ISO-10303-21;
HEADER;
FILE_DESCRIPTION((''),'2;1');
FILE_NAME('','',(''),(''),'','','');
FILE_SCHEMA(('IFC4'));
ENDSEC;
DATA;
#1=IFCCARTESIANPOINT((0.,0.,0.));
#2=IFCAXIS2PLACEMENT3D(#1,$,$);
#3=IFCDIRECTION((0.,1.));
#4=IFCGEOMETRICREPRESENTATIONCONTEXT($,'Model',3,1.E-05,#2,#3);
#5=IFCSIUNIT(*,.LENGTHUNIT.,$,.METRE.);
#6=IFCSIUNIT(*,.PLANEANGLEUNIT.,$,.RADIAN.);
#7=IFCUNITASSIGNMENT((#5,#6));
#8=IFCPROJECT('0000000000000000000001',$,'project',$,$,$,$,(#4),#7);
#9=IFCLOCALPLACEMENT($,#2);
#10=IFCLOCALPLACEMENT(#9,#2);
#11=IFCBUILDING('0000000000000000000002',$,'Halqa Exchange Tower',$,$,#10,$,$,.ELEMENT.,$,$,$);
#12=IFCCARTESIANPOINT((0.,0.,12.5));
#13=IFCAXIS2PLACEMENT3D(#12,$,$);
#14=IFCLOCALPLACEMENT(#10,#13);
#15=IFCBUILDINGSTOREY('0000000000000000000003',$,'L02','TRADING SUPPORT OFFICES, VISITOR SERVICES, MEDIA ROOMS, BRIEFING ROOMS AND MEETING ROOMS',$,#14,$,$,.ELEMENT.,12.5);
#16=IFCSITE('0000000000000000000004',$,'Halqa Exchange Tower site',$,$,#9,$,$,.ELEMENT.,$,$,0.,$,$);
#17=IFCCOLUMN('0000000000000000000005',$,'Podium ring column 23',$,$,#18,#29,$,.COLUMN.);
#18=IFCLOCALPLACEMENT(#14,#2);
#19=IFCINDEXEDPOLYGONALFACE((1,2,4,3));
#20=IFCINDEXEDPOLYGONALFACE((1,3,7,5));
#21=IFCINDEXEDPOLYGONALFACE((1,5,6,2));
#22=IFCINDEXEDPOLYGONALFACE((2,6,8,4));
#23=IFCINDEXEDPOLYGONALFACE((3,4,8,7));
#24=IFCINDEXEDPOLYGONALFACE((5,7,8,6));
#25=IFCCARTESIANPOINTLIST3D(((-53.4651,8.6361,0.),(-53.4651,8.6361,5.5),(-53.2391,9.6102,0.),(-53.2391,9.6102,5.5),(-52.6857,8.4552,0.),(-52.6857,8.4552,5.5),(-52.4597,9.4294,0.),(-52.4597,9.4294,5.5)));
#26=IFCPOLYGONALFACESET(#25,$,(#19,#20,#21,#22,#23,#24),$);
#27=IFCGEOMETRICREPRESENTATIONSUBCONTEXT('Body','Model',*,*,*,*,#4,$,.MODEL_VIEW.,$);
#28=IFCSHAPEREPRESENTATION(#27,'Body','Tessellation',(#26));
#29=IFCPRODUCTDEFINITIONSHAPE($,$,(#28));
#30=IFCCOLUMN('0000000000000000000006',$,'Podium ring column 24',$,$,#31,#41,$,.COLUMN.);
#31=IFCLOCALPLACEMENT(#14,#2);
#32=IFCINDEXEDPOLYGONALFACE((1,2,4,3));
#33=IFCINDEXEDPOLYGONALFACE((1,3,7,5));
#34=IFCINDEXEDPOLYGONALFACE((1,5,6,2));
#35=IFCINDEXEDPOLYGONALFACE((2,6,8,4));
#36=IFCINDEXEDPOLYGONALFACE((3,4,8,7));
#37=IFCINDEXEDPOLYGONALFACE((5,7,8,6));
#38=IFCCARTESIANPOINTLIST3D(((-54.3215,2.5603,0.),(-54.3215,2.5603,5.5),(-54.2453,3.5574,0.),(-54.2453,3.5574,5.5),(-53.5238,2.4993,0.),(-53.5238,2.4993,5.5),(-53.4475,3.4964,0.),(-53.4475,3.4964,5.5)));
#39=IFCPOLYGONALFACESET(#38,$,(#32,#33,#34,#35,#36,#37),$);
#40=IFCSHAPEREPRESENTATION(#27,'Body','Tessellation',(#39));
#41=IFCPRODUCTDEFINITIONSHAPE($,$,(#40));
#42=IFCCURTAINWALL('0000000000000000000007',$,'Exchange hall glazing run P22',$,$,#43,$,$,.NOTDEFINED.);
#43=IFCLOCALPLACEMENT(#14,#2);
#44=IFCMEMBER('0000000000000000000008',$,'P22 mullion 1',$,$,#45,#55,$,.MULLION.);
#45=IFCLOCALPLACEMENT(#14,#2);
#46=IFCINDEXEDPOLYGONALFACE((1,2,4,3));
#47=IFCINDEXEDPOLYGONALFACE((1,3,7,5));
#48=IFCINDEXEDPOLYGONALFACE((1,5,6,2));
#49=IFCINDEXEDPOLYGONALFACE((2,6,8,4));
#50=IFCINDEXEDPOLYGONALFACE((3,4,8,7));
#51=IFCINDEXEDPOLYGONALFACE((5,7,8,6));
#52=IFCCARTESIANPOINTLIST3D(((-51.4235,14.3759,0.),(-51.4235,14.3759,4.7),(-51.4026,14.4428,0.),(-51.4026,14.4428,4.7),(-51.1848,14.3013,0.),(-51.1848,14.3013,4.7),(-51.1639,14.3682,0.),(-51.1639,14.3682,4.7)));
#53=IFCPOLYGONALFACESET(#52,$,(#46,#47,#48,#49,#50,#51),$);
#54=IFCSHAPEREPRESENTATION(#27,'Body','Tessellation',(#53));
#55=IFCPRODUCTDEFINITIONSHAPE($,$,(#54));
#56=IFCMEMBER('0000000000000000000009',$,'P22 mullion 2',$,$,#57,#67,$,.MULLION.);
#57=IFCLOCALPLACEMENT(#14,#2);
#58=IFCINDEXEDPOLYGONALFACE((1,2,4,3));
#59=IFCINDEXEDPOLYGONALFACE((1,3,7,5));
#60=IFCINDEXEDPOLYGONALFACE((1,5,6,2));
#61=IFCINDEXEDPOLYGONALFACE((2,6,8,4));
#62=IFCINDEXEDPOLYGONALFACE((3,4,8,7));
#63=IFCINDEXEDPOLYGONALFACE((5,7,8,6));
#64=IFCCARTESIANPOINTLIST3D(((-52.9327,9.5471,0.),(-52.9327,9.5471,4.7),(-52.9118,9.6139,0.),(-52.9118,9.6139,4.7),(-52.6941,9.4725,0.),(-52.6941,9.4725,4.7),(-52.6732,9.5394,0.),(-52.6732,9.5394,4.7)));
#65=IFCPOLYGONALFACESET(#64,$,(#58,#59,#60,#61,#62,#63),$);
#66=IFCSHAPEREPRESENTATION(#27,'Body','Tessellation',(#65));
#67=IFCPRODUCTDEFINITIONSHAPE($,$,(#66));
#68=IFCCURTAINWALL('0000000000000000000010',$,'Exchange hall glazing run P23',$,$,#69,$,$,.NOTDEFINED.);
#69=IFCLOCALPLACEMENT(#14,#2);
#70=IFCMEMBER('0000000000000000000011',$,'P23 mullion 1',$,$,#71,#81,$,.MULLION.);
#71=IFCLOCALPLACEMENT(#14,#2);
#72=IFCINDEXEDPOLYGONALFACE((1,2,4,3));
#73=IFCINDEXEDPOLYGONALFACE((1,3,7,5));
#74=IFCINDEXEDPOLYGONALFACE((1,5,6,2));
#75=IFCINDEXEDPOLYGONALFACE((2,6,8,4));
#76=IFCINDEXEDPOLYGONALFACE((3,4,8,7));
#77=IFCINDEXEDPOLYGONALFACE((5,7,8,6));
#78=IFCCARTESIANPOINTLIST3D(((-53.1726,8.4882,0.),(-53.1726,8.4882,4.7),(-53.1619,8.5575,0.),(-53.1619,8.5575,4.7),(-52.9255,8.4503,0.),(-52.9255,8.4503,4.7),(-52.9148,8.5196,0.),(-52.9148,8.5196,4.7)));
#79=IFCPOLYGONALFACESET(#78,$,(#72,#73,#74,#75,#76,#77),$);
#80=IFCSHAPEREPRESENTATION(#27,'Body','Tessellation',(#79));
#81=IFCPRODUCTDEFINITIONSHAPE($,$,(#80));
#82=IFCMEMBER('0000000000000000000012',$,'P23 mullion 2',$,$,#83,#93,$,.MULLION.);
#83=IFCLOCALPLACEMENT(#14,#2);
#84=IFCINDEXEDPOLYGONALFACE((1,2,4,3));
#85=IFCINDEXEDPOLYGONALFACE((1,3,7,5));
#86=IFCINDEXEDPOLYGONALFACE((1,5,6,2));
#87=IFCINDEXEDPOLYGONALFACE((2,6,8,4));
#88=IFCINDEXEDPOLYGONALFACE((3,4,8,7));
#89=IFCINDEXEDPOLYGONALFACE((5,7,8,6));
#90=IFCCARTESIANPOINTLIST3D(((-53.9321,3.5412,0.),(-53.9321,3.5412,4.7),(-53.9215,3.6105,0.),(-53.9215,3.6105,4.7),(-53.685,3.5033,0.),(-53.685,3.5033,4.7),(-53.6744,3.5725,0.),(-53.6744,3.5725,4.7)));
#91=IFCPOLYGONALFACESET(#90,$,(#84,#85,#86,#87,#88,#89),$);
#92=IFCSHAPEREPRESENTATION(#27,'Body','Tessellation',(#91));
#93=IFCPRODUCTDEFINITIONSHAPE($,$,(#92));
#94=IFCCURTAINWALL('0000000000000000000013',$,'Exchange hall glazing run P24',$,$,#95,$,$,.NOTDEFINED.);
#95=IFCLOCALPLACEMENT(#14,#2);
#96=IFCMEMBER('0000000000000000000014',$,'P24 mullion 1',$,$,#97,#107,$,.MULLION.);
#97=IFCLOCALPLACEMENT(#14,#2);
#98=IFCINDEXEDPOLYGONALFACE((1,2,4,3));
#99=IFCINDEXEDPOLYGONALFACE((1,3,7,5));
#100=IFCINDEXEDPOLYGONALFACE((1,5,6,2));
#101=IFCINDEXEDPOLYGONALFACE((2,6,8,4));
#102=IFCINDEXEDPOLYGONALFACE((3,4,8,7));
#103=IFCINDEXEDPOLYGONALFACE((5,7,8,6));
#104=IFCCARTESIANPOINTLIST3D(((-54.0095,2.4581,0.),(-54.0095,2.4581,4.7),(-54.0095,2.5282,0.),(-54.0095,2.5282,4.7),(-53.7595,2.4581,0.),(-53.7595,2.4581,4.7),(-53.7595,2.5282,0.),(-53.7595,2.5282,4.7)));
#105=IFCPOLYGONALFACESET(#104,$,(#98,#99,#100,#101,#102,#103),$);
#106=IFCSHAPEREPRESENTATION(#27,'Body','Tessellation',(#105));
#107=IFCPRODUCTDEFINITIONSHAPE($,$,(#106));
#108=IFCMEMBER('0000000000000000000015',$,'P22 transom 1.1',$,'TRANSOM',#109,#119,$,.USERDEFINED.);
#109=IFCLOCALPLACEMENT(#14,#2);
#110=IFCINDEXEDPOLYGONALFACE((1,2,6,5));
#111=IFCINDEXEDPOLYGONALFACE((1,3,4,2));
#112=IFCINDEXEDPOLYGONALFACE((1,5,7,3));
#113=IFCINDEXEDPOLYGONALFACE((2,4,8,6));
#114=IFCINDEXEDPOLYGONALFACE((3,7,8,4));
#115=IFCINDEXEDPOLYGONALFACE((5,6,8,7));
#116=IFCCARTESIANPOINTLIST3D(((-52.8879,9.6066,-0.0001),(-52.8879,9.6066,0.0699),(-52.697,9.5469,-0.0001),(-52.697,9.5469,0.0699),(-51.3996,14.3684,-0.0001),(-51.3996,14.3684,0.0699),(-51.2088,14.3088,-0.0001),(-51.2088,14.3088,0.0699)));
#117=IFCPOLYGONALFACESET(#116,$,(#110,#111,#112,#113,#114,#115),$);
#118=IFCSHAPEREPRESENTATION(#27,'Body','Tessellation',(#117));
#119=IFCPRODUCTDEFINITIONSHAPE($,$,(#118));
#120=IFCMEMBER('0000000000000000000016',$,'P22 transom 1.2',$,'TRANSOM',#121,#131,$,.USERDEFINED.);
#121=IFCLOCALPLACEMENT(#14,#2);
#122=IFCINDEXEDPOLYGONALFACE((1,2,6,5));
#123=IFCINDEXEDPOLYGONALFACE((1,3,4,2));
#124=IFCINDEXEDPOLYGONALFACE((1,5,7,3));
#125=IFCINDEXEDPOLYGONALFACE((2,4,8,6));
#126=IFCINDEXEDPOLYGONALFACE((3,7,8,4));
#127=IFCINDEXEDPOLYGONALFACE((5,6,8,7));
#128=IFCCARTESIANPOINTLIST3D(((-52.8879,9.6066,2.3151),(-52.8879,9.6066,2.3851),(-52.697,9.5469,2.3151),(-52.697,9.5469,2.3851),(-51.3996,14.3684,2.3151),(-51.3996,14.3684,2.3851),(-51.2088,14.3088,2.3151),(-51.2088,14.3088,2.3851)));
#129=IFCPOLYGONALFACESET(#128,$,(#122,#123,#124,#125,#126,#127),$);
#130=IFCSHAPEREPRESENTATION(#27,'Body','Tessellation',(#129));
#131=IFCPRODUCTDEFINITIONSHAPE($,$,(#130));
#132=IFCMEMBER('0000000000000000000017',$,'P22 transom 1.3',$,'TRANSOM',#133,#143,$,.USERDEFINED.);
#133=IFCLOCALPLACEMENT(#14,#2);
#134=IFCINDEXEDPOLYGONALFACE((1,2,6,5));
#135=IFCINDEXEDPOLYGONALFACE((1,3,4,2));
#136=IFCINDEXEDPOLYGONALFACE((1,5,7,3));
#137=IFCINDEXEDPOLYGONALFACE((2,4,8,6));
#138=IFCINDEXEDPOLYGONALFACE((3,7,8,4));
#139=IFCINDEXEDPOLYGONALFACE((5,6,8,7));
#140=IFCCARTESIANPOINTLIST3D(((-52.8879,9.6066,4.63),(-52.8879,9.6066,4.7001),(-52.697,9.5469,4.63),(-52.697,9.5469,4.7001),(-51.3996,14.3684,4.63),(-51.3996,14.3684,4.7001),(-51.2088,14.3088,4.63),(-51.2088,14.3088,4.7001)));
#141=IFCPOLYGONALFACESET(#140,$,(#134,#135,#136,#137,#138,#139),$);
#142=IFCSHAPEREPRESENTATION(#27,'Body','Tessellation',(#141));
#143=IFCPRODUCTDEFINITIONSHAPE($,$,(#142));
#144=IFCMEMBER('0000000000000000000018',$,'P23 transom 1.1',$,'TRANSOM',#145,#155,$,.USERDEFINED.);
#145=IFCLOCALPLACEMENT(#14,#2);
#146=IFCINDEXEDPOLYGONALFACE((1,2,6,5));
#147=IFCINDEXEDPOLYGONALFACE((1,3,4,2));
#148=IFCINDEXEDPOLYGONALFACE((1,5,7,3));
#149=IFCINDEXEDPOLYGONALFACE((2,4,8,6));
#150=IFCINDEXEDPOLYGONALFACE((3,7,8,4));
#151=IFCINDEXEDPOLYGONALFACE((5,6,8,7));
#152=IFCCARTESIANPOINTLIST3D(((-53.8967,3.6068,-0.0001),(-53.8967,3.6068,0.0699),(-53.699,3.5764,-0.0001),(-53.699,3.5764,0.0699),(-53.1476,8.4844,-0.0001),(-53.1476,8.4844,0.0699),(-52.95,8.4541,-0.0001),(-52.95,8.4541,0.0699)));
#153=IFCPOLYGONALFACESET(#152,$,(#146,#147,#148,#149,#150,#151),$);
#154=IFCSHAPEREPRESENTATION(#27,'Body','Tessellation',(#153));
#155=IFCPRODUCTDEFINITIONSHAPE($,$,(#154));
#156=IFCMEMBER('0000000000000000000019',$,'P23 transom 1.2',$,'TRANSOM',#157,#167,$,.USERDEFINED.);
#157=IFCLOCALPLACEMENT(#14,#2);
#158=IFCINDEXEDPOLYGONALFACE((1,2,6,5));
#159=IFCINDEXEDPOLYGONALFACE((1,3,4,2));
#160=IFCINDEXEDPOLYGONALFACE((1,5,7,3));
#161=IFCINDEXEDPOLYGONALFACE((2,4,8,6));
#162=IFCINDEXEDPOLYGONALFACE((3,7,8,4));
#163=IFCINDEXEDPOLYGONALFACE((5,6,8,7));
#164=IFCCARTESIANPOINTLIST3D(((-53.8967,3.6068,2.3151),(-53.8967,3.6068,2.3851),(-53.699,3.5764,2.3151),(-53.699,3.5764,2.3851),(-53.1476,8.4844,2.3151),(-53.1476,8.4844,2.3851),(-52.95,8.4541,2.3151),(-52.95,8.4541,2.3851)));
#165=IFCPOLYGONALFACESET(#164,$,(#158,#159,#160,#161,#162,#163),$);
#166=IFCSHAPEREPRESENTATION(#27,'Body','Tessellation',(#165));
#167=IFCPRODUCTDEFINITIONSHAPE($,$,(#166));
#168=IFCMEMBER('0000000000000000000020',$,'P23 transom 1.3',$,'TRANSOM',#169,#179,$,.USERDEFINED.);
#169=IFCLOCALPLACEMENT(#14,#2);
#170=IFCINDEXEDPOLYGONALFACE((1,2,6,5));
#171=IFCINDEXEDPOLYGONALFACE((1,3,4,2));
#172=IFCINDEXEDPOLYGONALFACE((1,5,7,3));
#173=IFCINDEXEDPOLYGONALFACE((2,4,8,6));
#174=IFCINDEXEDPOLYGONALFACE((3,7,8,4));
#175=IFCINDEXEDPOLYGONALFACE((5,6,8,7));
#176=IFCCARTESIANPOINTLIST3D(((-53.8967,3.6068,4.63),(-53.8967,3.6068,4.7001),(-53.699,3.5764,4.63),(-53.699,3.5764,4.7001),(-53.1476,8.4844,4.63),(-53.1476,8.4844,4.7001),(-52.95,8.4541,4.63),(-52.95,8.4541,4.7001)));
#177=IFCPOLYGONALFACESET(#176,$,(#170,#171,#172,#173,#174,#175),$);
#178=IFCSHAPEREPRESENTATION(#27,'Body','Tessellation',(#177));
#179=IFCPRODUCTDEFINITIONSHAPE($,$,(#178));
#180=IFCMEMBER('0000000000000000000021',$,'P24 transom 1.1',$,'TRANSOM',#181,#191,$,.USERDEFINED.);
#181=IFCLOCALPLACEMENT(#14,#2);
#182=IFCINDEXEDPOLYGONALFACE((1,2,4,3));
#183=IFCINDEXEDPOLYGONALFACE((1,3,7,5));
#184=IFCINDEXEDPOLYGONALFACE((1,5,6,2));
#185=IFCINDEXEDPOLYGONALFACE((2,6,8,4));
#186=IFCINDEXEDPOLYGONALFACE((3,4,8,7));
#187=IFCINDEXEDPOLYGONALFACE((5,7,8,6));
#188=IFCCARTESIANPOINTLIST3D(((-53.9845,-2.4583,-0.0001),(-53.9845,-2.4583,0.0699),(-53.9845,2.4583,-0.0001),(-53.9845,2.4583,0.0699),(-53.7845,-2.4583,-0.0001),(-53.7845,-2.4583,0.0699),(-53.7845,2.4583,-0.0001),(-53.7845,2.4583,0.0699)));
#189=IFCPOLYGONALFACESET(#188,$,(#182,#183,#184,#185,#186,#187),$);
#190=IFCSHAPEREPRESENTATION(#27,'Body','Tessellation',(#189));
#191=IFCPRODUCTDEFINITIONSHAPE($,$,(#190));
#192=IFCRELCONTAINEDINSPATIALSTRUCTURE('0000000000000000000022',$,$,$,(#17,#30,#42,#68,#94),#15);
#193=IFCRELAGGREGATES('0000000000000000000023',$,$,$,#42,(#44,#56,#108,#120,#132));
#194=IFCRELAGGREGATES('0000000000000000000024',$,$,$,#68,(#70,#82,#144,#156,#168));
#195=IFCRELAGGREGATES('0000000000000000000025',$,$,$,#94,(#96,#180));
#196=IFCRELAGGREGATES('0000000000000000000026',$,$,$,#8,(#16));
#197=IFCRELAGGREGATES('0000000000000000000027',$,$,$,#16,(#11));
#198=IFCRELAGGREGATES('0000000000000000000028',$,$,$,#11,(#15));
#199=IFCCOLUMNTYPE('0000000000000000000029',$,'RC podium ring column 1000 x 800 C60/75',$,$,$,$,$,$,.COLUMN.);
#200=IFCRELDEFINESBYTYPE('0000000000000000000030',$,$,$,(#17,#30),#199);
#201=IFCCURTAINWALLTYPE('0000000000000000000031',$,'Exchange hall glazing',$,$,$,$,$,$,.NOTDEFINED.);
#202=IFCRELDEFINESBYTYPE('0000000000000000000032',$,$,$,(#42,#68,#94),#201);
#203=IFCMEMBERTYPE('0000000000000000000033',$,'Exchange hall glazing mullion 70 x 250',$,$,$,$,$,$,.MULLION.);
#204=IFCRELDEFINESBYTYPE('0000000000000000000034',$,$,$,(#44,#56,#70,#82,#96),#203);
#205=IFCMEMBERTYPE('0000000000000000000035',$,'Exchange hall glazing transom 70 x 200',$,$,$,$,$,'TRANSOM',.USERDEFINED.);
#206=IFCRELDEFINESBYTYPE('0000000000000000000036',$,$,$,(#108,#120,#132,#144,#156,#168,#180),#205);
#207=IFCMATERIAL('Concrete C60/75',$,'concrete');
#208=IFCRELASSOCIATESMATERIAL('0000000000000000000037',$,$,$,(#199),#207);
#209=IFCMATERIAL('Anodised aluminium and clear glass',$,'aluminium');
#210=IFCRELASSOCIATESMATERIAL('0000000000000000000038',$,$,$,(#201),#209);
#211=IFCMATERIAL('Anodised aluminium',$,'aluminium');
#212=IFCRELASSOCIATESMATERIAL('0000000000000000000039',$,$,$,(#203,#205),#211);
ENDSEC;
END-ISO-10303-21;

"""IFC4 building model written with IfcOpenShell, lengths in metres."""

from ifc_helpers import new_model, si_unit, direction, frame, origin, origin_2d, place, context, subcontext, project, spatial, rectangle, extrude, material, material_profile, profile_set, type_object, element, aggregate, save


model = new_model("IFC4")

# Units and contexts
model_context = context("Model", 3, precision=1e-05, world=origin(), true_north=direction((0.0, 1.0)))
body_context = subcontext(model_context, "Body", "Model", "MODEL_VIEW")
ifc_project = project(units=[si_unit("LENGTHUNIT", "METRE"), si_unit("PLANEANGLEUNIT", "RADIAN")], contexts=[model_context])

# Site, building, storey
site_placement = place(None, origin())
site = spatial("IfcSite", under=ifc_project, at=site_placement, Name="Halqa Exchange Tower site", CompositionType="ELEMENT", RefElevation=0.0)
building_placement = place(site_placement, origin())
building = spatial("IfcBuilding", under=site, at=building_placement, Name="Halqa Exchange Tower", CompositionType="ELEMENT")
storey_placement = place(building_placement, frame((0.0, 0.0, 12.5)))
storey = spatial("IfcBuildingStorey", under=building, at=storey_placement, Name="L02", Description="TRADING SUPPORT OFFICES, VISITOR SERVICES, MEDIA ROOMS, BRIEFING ROOMS AND MEETING ROOMS", CompositionType="ELEMENT", Elevation=12.5)

# Columns
ifc_material_1 = material(Name="Concrete C60/75", Category="concrete")
ifc_material_profile_1 = material_profile(ifc_material_1, rectangle(XDim=1.0, YDim=0.8, at=origin_2d()), Name="1000 x 800")
ifc_profile_set_1 = profile_set([ifc_material_profile_1], Name="Concrete C60/75")
column_type = type_object("IfcColumnType", Name="RC podium ring column 1000 x 800 C60/75", PredefinedType="COLUMN", material=ifc_profile_set_1)
for number, where, z_axis, x_axis, name in (
    (1, (-52.9624, 9.0327, 0.0), (0.0, 0.0, 1.0), (-0.225997, -0.974128, 0.0), "Podium ring column 23"),
    (2, (-53.8845, 3.0283, 0.0), (0.0, 0.0, 1.0), (-0.076223, -0.997091, 0.0), "Podium ring column 24"),
):
    element("IfcColumn", number, at=place(storey_placement, frame(where, z_axis=z_axis, x_axis=x_axis)), inside=storey, type_object=column_type, Name=name, PredefinedType="COLUMN", context=body_context, shape_type="SweptSolid", body=[
        extrude(rectangle(XDim=1.0, YDim=0.8, at=origin_2d()), origin(), (0.0, 0.0, 1.0), 5.5),
    ])

# Curtain walls, members
ifc_material_2 = material(Name="Anodised aluminium and clear glass", Category="aluminium")
curtain_wall_type = type_object("IfcCurtainWallType", Name="Exchange hall glazing", PredefinedType="NOTDEFINED", material=ifc_material_2)
curtain_wall_1_placement = place(storey_placement, origin())
curtain_wall_1 = element("IfcCurtainWall", 3, at=curtain_wall_1_placement, inside=storey, type_object=curtain_wall_type, Name="Exchange hall glazing run P22", PredefinedType="NOTDEFINED")
ifc_material_3 = material(Name="Anodised aluminium", Category="aluminium")
ifc_material_profile_2 = material_profile(ifc_material_3, rectangle(XDim=0.25, YDim=0.0701, at=origin_2d()), Name="AL 70x250")
ifc_profile_set_2 = profile_set([ifc_material_profile_2], Name="Anodised aluminium")
member_type_1 = type_object("IfcMemberType", Name="Exchange hall glazing mullion 70 x 250", PredefinedType="MULLION", material=ifc_profile_set_2)
member_1_placement = place(storey_placement, frame((-51.2937, 14.3721, 0.0), z_axis=(0.0, 0.0, 1.0), x_axis=(0.954471, -0.298303, 0.0)))
member_1 = element("IfcMember", 4, at=member_1_placement, type_object=member_type_1, Name="P22 mullion 1", PredefinedType="MULLION", context=body_context, shape_type="SweptSolid", body=[
    extrude(rectangle(XDim=0.25, YDim=0.0701, at=origin_2d()), origin(), (0.0, 0.0, 1.0), 4.7),
])
member_2_placement = place(storey_placement, frame((-52.803, 9.5432, 0.0), z_axis=(0.0, 0.0, 1.0), x_axis=(0.954471, -0.298303, 0.0)))
member_2 = element("IfcMember", 5, at=member_2_placement, type_object=member_type_1, Name="P22 mullion 2", PredefinedType="MULLION", context=body_context, shape_type="SweptSolid", body=[
    extrude(rectangle(XDim=0.25, YDim=0.0701, at=origin_2d()), origin(), (0.0, 0.0, 1.0), 4.7),
])
curtain_wall_2_placement = place(storey_placement, origin())
curtain_wall_2 = element("IfcCurtainWall", 6, at=curtain_wall_2_placement, inside=storey, type_object=curtain_wall_type, Name="Exchange hall glazing run P23", PredefinedType="NOTDEFINED")
member_3_placement = place(storey_placement, frame((-53.0437, 8.5039, 0.0), z_axis=(0.0, 0.0, 1.0), x_axis=(0.988416, -0.151767, 0.0)))
member_3 = element("IfcMember", 7, at=member_3_placement, type_object=member_type_1, Name="P23 mullion 1", PredefinedType="MULLION", context=body_context, shape_type="SweptSolid", body=[
    extrude(rectangle(XDim=0.25, YDim=0.0701, at=origin_2d()), origin(), (0.0, 0.0, 1.0), 4.7),
])
member_4_placement = place(storey_placement, frame((-53.8032, 3.5569, 0.0), z_axis=(0.0, 0.0, 1.0), x_axis=(0.988416, -0.151767, 0.0)))
member_4 = element("IfcMember", 8, at=member_4_placement, type_object=member_type_1, Name="P23 mullion 2", PredefinedType="MULLION", context=body_context, shape_type="SweptSolid", body=[
    extrude(rectangle(XDim=0.25, YDim=0.0701, at=origin_2d()), origin(), (0.0, 0.0, 1.0), 4.7),
])

# Curtain wall, member
curtain_wall_3_placement = place(storey_placement, origin())
curtain_wall_3 = element("IfcCurtainWall", 9, at=curtain_wall_3_placement, inside=storey, type_object=curtain_wall_type, Name="Exchange hall glazing run P24", PredefinedType="NOTDEFINED")
member_5_placement = place(storey_placement, frame((-53.8845, 2.4932, 0.0), z_axis=(0.0, 0.0, 1.0), x_axis=(1.0, 0.0, 0.0)))
member_5 = element("IfcMember", 10, at=member_5_placement, type_object=member_type_1, Name="P24 mullion 1", PredefinedType="MULLION", context=body_context, shape_type="SweptSolid", body=[
    extrude(rectangle(XDim=0.25, YDim=0.0701, at=origin_2d()), origin(), (0.0, 0.0, 1.0), 4.7),
])

# Members
ifc_material_profile_3 = material_profile(ifc_material_3, rectangle(XDim=0.2, YDim=0.0701, at=origin_2d()), Name="AL 70x200")
ifc_profile_set_3 = profile_set([ifc_material_profile_3], Name="Anodised aluminium")
member_type_2 = type_object("IfcMemberType", Name="Exchange hall glazing transom 70 x 200", ElementType="TRANSOM", PredefinedType="USERDEFINED", material=ifc_profile_set_3)
member_6_placement = place(storey_placement, frame((-51.3042, 14.3386, 0.0349), z_axis=(-0.298306, -0.95447, 0.0), x_axis=(0.95447, -0.298306, 0.0)))
member_6 = element("IfcMember", 11, at=member_6_placement, type_object=member_type_2, Name="P22 transom 1.1", ObjectType="TRANSOM", PredefinedType="USERDEFINED", context=body_context, shape_type="SweptSolid", body=[
    extrude(rectangle(XDim=0.2, YDim=0.0701, at=origin_2d()), origin(), (0.0, 0.0, 1.0), 4.989),
])
member_7_placement = place(storey_placement, frame((-51.3042, 14.3386, 2.3501), z_axis=(-0.298306, -0.95447, 0.0), x_axis=(0.95447, -0.298306, 0.0)))
member_7 = element("IfcMember", 12, at=member_7_placement, type_object=member_type_2, Name="P22 transom 1.2", ObjectType="TRANSOM", PredefinedType="USERDEFINED", context=body_context, shape_type="SweptSolid", body=[
    extrude(rectangle(XDim=0.2, YDim=0.0701, at=origin_2d()), origin(), (0.0, 0.0, 1.0), 4.989),
])
member_8_placement = place(storey_placement, frame((-51.3042, 14.3386, 4.665), z_axis=(-0.298306, -0.95447, 0.0), x_axis=(0.95447, -0.298306, 0.0)))
member_8 = element("IfcMember", 13, at=member_8_placement, type_object=member_type_2, Name="P22 transom 1.3", ObjectType="TRANSOM", PredefinedType="USERDEFINED", context=body_context, shape_type="SweptSolid", body=[
    extrude(rectangle(XDim=0.2, YDim=0.0701, at=origin_2d()), origin(), (0.0, 0.0, 1.0), 4.989),
])
member_9_placement = place(storey_placement, frame((-53.0488, 8.4692, 0.0349), z_axis=(-0.151782, -0.988414, 0.0), x_axis=(0.988414, -0.151782, 0.0)))
member_9 = element("IfcMember", 14, at=member_9_placement, type_object=member_type_2, Name="P23 transom 1.1", ObjectType="TRANSOM", PredefinedType="USERDEFINED", context=body_context, shape_type="SweptSolid", body=[
    extrude(rectangle(XDim=0.2, YDim=0.0701, at=origin_2d()), origin(), (0.0, 0.0, 1.0), 4.9348),
])
member_10_placement = place(storey_placement, frame((-53.0488, 8.4692, 2.3501), z_axis=(-0.151782, -0.988414, 0.0), x_axis=(0.988414, -0.151782, 0.0)))
member_10 = element("IfcMember", 15, at=member_10_placement, type_object=member_type_2, Name="P23 transom 1.2", ObjectType="TRANSOM", PredefinedType="USERDEFINED", context=body_context, shape_type="SweptSolid", body=[
    extrude(rectangle(XDim=0.2, YDim=0.0701, at=origin_2d()), origin(), (0.0, 0.0, 1.0), 4.9348),
])
member_11_placement = place(storey_placement, frame((-53.0488, 8.4692, 4.665), z_axis=(-0.151782, -0.988414, 0.0), x_axis=(0.988414, -0.151782, 0.0)))
member_11 = element("IfcMember", 16, at=member_11_placement, type_object=member_type_2, Name="P23 transom 1.3", ObjectType="TRANSOM", PredefinedType="USERDEFINED", context=body_context, shape_type="SweptSolid", body=[
    extrude(rectangle(XDim=0.2, YDim=0.0701, at=origin_2d()), origin(), (0.0, 0.0, 1.0), 4.9348),
])
member_12_placement = place(storey_placement, frame((-53.8845, 2.4583, 0.0349), z_axis=(0.0, -1.0, 0.0), x_axis=(1.0, 0.0, 0.0)))
member_12 = element("IfcMember", 17, at=member_12_placement, type_object=member_type_2, Name="P24 transom 1.1", ObjectType="TRANSOM", PredefinedType="USERDEFINED", context=body_context, shape_type="SweptSolid", body=[
    extrude(rectangle(XDim=0.2, YDim=0.0701, at=origin_2d()), origin(), (0.0, 0.0, 1.0), 4.9165),
])

aggregate(curtain_wall_1, [member_1, member_2, member_6, member_7, member_8])
aggregate(curtain_wall_2, [member_3, member_4, member_9, member_10, member_11])
aggregate(curtain_wall_3, [member_5, member_12])

save(model, "model.ifc")
